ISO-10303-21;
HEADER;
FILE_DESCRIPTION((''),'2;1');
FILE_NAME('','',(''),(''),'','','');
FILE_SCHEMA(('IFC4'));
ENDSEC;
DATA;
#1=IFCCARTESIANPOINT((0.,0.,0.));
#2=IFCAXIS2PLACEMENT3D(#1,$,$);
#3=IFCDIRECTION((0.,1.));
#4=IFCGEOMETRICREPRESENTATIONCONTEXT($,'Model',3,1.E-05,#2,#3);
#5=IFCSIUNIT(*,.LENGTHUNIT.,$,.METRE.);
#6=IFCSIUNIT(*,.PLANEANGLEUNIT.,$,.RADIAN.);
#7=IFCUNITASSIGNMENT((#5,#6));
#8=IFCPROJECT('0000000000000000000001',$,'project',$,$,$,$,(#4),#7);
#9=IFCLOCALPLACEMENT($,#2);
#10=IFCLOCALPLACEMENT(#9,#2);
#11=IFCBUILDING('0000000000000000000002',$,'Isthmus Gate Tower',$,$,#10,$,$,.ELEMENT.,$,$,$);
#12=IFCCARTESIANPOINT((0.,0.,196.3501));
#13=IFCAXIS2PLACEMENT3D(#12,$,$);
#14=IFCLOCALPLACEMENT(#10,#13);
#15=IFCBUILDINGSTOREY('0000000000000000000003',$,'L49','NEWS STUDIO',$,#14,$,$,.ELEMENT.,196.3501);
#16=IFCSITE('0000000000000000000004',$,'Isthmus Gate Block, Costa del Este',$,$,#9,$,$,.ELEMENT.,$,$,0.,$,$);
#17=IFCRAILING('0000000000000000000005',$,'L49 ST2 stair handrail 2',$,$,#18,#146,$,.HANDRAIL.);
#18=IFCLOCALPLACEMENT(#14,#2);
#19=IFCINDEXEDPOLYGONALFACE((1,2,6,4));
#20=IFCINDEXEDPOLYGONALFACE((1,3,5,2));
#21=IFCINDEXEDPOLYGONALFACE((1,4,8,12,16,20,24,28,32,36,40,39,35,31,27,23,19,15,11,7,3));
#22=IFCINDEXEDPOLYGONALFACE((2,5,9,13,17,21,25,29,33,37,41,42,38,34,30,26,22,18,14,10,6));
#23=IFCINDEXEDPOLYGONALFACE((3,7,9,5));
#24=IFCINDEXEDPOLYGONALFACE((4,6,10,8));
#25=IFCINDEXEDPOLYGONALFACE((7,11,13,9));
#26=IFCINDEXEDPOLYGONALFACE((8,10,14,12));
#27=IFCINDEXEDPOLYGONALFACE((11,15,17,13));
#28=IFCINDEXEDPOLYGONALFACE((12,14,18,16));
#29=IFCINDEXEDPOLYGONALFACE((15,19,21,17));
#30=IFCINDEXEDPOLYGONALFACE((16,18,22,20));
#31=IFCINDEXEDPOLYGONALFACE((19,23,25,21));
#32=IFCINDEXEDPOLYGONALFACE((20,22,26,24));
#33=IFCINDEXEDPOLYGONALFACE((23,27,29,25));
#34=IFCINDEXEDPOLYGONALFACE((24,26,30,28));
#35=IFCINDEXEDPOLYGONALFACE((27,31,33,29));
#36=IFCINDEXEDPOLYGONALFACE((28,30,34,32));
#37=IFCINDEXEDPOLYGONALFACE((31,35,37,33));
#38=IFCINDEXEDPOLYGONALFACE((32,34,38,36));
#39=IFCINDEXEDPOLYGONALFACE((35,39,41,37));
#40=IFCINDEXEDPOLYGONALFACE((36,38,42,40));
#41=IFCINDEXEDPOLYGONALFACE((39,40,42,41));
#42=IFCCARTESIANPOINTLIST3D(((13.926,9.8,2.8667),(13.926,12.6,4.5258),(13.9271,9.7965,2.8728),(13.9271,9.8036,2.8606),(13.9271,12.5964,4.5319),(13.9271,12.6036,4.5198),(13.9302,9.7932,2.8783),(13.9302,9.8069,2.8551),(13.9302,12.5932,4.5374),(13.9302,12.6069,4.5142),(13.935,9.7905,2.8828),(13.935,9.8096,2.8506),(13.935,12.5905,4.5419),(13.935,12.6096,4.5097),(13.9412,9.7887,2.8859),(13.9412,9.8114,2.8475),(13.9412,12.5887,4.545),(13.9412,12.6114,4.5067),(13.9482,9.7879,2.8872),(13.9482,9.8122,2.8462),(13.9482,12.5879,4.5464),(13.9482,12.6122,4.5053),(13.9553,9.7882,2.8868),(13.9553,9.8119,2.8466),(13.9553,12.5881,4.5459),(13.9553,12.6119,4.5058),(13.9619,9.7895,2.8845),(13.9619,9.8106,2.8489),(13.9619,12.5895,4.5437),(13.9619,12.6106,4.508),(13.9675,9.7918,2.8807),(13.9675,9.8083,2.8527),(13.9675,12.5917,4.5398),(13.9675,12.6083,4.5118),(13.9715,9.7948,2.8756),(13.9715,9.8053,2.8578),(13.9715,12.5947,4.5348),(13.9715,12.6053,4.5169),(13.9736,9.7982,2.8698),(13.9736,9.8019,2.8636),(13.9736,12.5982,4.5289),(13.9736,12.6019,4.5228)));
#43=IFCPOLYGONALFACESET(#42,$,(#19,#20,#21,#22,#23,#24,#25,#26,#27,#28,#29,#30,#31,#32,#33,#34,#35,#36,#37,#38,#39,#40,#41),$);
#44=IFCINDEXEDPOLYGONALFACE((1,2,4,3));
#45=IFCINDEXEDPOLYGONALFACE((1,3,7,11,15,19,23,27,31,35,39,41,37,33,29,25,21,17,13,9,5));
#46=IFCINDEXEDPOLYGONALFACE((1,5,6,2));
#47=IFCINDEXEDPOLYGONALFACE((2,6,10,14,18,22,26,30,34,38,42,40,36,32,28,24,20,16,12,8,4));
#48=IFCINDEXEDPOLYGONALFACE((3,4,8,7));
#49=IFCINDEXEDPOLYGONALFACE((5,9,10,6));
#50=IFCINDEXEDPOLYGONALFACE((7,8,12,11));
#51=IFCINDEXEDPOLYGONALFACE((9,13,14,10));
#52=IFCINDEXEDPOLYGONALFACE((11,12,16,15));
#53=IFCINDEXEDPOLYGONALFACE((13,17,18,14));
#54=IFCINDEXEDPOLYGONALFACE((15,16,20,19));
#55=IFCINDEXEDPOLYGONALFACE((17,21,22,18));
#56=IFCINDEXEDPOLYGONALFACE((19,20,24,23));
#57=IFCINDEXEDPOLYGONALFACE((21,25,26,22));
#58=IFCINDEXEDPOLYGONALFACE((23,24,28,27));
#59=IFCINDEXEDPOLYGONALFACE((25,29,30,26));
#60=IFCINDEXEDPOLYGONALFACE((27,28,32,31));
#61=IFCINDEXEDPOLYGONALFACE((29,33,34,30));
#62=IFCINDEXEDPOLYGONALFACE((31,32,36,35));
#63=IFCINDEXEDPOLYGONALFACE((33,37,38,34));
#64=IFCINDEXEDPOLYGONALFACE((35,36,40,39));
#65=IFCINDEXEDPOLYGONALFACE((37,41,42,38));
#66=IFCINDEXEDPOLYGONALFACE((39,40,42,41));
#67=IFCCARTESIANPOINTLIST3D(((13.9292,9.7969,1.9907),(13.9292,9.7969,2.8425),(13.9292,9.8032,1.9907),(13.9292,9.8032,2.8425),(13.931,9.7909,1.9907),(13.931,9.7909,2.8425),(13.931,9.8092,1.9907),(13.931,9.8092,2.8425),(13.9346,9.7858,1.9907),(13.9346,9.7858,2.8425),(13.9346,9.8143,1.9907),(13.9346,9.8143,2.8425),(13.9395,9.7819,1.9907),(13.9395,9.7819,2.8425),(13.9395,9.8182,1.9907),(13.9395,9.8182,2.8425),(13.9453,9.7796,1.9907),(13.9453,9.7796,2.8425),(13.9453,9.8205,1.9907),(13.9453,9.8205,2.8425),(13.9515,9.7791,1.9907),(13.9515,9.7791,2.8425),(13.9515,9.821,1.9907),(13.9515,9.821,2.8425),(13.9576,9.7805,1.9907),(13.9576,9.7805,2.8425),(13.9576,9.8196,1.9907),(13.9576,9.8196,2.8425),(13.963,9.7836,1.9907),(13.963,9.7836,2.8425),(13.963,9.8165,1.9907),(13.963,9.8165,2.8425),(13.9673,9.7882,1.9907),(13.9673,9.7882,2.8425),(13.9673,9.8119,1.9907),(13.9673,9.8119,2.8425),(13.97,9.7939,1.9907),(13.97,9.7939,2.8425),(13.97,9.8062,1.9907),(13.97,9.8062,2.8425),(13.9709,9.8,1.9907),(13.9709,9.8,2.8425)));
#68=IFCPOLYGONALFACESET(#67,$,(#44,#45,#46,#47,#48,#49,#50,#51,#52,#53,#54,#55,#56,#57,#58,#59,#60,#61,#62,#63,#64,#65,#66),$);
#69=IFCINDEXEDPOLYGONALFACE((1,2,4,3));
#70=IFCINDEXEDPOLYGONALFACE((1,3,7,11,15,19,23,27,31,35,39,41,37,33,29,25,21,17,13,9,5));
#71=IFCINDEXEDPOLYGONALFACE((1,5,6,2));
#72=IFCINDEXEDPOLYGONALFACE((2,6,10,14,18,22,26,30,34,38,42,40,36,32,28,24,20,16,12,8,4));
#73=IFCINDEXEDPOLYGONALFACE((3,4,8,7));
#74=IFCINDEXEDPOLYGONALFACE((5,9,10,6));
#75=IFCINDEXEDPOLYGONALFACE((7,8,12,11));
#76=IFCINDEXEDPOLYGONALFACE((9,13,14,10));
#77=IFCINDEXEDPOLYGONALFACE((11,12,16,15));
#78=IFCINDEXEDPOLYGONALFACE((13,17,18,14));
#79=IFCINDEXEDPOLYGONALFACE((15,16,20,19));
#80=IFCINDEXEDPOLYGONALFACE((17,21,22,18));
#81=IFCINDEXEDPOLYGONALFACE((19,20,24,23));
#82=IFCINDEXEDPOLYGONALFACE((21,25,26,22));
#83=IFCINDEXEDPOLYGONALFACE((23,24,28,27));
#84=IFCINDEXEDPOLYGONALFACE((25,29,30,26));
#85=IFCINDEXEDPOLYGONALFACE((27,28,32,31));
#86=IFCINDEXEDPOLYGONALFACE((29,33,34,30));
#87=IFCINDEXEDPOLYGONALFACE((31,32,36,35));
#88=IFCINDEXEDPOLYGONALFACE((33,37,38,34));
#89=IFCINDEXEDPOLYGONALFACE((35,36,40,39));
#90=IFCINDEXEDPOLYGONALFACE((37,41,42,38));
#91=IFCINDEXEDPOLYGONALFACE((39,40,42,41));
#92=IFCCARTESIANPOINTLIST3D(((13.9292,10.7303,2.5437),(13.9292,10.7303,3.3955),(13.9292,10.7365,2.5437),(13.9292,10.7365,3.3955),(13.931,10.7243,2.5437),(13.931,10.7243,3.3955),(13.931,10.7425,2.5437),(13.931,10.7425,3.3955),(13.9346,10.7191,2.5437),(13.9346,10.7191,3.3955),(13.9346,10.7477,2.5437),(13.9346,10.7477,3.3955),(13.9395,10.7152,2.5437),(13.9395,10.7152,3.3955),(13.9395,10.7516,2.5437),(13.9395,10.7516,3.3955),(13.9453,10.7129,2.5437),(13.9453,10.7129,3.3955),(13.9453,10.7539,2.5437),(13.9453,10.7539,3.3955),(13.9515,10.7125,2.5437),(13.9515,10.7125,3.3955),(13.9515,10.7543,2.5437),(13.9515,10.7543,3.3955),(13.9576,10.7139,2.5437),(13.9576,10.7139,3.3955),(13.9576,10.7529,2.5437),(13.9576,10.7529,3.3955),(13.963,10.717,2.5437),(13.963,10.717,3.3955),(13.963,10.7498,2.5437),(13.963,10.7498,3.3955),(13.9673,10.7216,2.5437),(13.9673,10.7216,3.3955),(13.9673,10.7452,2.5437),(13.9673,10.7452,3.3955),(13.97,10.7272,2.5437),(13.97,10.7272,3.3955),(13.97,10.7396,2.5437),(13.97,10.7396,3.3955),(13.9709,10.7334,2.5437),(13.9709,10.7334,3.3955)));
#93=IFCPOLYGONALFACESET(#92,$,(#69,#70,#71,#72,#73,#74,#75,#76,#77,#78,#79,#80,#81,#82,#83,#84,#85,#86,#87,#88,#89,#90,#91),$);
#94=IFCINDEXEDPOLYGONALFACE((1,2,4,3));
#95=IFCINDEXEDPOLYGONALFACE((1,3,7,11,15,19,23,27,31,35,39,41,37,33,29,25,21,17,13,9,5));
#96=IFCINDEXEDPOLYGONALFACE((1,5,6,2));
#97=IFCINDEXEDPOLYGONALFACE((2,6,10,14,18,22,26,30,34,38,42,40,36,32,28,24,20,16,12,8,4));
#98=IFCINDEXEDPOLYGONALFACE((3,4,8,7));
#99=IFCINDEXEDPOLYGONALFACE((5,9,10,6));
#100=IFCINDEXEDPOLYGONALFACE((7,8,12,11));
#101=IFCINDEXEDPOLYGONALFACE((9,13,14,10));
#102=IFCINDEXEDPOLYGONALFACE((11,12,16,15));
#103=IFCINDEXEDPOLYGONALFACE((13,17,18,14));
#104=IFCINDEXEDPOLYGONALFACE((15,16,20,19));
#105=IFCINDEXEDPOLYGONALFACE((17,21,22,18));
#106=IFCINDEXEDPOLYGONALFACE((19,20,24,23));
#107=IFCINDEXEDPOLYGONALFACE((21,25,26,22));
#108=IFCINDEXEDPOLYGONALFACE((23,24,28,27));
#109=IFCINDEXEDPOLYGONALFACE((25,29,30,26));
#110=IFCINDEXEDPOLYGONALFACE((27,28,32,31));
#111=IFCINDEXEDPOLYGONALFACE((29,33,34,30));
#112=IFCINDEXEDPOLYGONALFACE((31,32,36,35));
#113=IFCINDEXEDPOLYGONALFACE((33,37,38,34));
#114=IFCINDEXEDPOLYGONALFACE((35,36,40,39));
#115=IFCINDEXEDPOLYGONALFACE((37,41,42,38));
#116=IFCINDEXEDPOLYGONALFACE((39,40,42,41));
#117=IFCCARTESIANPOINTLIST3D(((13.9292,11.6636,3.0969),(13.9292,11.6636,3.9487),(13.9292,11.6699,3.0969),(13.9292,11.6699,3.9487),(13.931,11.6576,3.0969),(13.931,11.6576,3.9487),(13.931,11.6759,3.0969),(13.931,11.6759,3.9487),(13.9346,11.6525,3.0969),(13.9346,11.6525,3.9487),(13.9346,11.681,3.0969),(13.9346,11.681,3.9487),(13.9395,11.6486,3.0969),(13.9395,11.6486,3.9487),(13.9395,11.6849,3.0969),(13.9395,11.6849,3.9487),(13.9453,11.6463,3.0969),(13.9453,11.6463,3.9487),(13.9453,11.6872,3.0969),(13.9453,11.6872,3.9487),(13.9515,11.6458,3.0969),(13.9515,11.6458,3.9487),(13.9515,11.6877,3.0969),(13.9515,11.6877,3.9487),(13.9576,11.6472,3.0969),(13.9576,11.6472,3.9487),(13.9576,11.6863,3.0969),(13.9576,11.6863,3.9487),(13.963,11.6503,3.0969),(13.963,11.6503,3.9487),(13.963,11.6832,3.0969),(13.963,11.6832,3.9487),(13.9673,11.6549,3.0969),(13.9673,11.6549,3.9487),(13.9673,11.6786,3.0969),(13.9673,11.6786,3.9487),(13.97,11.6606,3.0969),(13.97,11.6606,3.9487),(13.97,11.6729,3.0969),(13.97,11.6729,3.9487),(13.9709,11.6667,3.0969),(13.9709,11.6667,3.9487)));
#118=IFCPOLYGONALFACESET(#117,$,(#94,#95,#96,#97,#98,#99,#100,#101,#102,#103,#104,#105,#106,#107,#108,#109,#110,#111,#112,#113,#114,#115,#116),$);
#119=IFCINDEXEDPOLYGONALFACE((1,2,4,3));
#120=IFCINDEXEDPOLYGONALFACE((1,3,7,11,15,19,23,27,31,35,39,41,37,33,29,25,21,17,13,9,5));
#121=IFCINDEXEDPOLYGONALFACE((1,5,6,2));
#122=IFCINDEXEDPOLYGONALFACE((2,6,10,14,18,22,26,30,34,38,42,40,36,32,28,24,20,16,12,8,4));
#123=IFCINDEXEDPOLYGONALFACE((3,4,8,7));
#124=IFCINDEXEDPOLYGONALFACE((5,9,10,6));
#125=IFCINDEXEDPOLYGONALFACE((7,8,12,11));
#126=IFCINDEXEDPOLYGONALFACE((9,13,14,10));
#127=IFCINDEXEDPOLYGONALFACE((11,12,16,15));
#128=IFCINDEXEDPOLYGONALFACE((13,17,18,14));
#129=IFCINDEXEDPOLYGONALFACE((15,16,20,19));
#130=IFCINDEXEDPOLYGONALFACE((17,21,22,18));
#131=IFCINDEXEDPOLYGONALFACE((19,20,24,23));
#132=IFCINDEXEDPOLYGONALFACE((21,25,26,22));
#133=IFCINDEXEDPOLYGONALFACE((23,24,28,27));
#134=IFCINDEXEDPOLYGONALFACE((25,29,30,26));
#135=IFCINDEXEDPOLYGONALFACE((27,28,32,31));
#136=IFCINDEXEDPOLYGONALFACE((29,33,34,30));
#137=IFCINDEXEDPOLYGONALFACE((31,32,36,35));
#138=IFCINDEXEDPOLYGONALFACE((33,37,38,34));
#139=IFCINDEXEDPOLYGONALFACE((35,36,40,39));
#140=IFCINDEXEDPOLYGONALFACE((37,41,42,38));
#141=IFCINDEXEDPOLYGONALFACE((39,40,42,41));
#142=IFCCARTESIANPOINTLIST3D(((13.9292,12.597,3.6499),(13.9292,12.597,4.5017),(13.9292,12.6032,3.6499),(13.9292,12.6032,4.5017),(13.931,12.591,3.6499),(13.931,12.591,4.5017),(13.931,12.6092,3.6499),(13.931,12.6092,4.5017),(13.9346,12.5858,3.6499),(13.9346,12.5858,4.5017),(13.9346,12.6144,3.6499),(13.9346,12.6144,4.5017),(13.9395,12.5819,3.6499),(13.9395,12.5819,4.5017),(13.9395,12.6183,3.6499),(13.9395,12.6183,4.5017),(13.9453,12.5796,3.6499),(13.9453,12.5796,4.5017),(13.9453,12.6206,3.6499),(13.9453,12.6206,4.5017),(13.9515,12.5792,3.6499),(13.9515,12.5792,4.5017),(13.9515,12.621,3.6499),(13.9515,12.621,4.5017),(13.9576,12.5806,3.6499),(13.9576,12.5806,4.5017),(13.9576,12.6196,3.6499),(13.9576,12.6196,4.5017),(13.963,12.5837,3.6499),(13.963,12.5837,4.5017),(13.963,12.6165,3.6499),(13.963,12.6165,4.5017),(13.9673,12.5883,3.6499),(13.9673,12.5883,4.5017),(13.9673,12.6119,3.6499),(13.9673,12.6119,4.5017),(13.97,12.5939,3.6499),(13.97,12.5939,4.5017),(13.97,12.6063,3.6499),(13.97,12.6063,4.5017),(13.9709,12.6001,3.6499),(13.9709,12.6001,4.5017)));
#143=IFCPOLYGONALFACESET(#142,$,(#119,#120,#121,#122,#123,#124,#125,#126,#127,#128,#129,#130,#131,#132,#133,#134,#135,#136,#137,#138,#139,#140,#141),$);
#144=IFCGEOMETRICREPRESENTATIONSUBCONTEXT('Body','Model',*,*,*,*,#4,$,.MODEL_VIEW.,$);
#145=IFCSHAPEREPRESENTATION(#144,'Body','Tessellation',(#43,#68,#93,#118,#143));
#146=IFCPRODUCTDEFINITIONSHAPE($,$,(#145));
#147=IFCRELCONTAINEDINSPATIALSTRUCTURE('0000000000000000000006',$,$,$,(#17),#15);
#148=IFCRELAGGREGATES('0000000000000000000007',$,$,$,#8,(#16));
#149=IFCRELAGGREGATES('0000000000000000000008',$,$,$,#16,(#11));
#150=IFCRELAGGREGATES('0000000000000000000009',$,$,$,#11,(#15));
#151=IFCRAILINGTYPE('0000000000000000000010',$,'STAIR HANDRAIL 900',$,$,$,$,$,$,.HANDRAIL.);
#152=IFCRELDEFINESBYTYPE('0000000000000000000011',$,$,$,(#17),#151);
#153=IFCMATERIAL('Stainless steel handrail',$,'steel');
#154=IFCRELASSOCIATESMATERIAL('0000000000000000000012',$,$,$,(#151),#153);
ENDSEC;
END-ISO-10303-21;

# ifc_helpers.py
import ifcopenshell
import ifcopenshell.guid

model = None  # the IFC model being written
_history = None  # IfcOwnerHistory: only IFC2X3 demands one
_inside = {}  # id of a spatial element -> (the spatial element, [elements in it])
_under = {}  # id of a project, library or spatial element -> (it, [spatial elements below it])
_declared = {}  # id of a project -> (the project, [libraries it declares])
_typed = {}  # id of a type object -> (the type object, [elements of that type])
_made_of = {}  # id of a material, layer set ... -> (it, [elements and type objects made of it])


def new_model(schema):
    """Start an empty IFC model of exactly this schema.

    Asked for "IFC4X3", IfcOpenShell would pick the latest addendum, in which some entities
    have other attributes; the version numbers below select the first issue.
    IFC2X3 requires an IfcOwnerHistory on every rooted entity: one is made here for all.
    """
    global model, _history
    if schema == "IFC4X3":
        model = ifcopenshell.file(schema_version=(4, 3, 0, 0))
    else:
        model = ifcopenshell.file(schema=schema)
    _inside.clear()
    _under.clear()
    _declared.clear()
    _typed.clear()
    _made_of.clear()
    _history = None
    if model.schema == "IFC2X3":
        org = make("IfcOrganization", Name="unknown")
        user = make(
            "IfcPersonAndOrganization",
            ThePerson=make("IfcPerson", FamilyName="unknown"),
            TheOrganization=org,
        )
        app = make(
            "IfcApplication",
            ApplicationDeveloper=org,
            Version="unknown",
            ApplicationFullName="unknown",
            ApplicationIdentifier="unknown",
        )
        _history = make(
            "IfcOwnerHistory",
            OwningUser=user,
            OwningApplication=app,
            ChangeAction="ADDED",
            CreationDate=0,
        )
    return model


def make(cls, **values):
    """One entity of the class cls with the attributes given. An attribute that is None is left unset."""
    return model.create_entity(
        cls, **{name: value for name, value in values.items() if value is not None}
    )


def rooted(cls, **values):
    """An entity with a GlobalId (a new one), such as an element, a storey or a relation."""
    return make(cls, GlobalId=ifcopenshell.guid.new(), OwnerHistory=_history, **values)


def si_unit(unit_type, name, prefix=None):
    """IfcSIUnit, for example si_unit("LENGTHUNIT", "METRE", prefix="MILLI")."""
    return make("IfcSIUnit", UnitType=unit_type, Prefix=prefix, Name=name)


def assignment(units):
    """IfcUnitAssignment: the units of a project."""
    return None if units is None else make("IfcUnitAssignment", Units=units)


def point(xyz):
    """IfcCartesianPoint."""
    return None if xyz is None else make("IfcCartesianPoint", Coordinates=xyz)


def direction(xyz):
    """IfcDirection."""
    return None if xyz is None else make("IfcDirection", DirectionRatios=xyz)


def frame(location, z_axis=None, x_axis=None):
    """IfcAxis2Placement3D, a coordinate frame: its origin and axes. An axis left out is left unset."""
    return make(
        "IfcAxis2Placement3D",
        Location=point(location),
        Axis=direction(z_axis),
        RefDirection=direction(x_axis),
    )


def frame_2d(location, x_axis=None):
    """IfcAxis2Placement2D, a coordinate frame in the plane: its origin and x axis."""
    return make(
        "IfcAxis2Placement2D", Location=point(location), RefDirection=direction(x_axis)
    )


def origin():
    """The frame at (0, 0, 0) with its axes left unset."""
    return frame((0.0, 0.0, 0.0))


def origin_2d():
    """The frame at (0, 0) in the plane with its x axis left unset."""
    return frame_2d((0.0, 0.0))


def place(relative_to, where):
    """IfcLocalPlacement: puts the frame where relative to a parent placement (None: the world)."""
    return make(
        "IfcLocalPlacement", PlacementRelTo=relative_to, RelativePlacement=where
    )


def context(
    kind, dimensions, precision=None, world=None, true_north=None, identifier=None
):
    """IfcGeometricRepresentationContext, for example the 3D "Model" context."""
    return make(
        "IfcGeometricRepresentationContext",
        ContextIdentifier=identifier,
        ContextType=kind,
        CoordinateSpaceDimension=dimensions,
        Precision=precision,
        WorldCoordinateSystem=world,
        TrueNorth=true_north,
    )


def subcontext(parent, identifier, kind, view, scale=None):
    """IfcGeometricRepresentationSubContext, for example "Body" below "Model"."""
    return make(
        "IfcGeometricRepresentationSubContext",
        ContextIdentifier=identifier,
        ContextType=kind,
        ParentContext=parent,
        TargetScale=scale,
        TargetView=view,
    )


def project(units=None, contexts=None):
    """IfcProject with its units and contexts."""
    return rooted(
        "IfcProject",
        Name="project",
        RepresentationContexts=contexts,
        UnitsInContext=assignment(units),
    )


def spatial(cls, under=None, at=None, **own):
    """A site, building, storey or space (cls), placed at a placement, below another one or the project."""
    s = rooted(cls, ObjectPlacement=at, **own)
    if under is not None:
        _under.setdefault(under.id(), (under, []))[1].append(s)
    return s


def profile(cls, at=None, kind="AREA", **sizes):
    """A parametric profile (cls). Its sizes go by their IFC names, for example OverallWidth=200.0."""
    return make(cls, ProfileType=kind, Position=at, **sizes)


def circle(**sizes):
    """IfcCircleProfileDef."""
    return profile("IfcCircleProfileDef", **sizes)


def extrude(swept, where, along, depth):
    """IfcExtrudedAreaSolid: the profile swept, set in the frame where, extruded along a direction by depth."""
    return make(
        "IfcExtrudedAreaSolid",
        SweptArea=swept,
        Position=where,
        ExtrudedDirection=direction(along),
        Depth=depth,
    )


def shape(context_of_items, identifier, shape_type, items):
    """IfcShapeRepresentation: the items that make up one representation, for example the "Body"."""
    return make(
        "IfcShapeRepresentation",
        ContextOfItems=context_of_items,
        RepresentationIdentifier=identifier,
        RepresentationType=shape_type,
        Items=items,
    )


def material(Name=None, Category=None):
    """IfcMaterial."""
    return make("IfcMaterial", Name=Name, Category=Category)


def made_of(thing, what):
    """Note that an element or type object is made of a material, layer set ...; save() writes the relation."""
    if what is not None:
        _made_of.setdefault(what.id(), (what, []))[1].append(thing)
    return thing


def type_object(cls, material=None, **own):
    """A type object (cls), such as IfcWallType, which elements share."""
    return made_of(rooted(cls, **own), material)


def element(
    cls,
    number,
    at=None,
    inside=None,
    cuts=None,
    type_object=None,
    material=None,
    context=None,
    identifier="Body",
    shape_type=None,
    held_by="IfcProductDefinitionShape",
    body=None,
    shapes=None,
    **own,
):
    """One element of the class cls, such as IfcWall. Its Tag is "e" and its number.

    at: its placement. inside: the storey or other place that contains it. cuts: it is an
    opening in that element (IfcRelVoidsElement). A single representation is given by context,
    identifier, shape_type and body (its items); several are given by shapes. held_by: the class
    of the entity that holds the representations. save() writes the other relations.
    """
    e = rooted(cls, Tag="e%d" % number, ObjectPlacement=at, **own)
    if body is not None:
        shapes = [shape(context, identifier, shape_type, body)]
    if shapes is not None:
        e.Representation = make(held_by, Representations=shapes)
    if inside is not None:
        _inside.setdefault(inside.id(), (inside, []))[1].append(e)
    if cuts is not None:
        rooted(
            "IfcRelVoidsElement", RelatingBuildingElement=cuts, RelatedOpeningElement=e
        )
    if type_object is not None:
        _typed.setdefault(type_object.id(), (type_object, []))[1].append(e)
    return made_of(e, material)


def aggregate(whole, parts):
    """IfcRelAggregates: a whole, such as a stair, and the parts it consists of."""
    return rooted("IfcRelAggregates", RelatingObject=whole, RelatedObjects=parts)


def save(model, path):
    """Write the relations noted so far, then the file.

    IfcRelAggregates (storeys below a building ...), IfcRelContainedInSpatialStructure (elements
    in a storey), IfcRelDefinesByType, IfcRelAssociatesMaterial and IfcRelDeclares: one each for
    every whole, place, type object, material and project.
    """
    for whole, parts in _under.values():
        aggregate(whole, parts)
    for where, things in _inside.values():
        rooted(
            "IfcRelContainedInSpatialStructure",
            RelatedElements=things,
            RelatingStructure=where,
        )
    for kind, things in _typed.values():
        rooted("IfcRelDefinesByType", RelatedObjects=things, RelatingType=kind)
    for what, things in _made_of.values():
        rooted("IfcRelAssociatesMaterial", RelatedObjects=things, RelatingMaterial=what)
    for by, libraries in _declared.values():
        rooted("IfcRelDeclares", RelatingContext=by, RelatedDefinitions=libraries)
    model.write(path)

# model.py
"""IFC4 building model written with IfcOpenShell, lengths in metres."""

from ifc_helpers import new_model, si_unit, direction, frame, origin, origin_2d, place, context, subcontext, project, spatial, circle, extrude, material, type_object, element, save


model = new_model("IFC4")

# Units and contexts
model_context = context("Model", 3, precision=1e-05, world=origin(), true_north=direction((0.0, 1.0)))
body_context = subcontext(model_context, "Body", "Model", "MODEL_VIEW")
ifc_project = project(units=[si_unit("LENGTHUNIT", "METRE"), si_unit("PLANEANGLEUNIT", "RADIAN")], contexts=[model_context])

# Site, building, storey
site_placement = place(None, origin())
site = spatial("IfcSite", under=ifc_project, at=site_placement, Name="Isthmus Gate Block, Costa del Este", CompositionType="ELEMENT", RefElevation=0.0)
building_placement = place(site_placement, origin())
building = spatial("IfcBuilding", under=site, at=building_placement, Name="Isthmus Gate Tower", CompositionType="ELEMENT")
storey_placement = place(building_placement, frame((0.0, 0.0, 196.3501)))
storey = spatial("IfcBuildingStorey", under=building, at=storey_placement, Name="L49", Description="NEWS STUDIO", CompositionType="ELEMENT", Elevation=196.3501)

# Railing
ifc_material_1 = material(Name="Stainless steel handrail", Category="steel")
railing_type_1 = type_object("IfcRailingType", Name="STAIR HANDRAIL 900", PredefinedType="HANDRAIL", material=ifc_material_1)
railing_1_placement = place(storey_placement, frame((13.95, 9.8, 1.9907)))
element("IfcRailing", 1, at=railing_1_placement, inside=storey, type_object=railing_type_1, Name="L49 ST2 stair handrail 2", PredefinedType="HANDRAIL", context=body_context, shape_type="SweptSolid", body=[
    extrude(circle(Radius=0.0239, at=origin_2d()), frame((0.0, 0.0, 0.876), z_axis=(0.0, 0.860306, 0.509778), x_axis=(-1.0, 0.0, 0.0)), (0.0, 0.0, 1.0), 3.2546),
    extrude(circle(Radius=0.021, at=origin_2d()), origin(), (0.0, 0.0, 1.0), 0.8518),
    extrude(circle(Radius=0.021, at=origin_2d()), frame((0.0, 0.9333, 0.553)), (0.0, 0.0, 1.0), 0.8518),
    extrude(circle(Radius=0.021, at=origin_2d()), frame((0.0, 1.8667, 1.1062)), (0.0, 0.0, 1.0), 0.8518),
    extrude(circle(Radius=0.021, at=origin_2d()), frame((0.0, 2.8, 1.6592)), (0.0, 0.0, 1.0), 0.8518),
])

save(model, "model.ifc")
